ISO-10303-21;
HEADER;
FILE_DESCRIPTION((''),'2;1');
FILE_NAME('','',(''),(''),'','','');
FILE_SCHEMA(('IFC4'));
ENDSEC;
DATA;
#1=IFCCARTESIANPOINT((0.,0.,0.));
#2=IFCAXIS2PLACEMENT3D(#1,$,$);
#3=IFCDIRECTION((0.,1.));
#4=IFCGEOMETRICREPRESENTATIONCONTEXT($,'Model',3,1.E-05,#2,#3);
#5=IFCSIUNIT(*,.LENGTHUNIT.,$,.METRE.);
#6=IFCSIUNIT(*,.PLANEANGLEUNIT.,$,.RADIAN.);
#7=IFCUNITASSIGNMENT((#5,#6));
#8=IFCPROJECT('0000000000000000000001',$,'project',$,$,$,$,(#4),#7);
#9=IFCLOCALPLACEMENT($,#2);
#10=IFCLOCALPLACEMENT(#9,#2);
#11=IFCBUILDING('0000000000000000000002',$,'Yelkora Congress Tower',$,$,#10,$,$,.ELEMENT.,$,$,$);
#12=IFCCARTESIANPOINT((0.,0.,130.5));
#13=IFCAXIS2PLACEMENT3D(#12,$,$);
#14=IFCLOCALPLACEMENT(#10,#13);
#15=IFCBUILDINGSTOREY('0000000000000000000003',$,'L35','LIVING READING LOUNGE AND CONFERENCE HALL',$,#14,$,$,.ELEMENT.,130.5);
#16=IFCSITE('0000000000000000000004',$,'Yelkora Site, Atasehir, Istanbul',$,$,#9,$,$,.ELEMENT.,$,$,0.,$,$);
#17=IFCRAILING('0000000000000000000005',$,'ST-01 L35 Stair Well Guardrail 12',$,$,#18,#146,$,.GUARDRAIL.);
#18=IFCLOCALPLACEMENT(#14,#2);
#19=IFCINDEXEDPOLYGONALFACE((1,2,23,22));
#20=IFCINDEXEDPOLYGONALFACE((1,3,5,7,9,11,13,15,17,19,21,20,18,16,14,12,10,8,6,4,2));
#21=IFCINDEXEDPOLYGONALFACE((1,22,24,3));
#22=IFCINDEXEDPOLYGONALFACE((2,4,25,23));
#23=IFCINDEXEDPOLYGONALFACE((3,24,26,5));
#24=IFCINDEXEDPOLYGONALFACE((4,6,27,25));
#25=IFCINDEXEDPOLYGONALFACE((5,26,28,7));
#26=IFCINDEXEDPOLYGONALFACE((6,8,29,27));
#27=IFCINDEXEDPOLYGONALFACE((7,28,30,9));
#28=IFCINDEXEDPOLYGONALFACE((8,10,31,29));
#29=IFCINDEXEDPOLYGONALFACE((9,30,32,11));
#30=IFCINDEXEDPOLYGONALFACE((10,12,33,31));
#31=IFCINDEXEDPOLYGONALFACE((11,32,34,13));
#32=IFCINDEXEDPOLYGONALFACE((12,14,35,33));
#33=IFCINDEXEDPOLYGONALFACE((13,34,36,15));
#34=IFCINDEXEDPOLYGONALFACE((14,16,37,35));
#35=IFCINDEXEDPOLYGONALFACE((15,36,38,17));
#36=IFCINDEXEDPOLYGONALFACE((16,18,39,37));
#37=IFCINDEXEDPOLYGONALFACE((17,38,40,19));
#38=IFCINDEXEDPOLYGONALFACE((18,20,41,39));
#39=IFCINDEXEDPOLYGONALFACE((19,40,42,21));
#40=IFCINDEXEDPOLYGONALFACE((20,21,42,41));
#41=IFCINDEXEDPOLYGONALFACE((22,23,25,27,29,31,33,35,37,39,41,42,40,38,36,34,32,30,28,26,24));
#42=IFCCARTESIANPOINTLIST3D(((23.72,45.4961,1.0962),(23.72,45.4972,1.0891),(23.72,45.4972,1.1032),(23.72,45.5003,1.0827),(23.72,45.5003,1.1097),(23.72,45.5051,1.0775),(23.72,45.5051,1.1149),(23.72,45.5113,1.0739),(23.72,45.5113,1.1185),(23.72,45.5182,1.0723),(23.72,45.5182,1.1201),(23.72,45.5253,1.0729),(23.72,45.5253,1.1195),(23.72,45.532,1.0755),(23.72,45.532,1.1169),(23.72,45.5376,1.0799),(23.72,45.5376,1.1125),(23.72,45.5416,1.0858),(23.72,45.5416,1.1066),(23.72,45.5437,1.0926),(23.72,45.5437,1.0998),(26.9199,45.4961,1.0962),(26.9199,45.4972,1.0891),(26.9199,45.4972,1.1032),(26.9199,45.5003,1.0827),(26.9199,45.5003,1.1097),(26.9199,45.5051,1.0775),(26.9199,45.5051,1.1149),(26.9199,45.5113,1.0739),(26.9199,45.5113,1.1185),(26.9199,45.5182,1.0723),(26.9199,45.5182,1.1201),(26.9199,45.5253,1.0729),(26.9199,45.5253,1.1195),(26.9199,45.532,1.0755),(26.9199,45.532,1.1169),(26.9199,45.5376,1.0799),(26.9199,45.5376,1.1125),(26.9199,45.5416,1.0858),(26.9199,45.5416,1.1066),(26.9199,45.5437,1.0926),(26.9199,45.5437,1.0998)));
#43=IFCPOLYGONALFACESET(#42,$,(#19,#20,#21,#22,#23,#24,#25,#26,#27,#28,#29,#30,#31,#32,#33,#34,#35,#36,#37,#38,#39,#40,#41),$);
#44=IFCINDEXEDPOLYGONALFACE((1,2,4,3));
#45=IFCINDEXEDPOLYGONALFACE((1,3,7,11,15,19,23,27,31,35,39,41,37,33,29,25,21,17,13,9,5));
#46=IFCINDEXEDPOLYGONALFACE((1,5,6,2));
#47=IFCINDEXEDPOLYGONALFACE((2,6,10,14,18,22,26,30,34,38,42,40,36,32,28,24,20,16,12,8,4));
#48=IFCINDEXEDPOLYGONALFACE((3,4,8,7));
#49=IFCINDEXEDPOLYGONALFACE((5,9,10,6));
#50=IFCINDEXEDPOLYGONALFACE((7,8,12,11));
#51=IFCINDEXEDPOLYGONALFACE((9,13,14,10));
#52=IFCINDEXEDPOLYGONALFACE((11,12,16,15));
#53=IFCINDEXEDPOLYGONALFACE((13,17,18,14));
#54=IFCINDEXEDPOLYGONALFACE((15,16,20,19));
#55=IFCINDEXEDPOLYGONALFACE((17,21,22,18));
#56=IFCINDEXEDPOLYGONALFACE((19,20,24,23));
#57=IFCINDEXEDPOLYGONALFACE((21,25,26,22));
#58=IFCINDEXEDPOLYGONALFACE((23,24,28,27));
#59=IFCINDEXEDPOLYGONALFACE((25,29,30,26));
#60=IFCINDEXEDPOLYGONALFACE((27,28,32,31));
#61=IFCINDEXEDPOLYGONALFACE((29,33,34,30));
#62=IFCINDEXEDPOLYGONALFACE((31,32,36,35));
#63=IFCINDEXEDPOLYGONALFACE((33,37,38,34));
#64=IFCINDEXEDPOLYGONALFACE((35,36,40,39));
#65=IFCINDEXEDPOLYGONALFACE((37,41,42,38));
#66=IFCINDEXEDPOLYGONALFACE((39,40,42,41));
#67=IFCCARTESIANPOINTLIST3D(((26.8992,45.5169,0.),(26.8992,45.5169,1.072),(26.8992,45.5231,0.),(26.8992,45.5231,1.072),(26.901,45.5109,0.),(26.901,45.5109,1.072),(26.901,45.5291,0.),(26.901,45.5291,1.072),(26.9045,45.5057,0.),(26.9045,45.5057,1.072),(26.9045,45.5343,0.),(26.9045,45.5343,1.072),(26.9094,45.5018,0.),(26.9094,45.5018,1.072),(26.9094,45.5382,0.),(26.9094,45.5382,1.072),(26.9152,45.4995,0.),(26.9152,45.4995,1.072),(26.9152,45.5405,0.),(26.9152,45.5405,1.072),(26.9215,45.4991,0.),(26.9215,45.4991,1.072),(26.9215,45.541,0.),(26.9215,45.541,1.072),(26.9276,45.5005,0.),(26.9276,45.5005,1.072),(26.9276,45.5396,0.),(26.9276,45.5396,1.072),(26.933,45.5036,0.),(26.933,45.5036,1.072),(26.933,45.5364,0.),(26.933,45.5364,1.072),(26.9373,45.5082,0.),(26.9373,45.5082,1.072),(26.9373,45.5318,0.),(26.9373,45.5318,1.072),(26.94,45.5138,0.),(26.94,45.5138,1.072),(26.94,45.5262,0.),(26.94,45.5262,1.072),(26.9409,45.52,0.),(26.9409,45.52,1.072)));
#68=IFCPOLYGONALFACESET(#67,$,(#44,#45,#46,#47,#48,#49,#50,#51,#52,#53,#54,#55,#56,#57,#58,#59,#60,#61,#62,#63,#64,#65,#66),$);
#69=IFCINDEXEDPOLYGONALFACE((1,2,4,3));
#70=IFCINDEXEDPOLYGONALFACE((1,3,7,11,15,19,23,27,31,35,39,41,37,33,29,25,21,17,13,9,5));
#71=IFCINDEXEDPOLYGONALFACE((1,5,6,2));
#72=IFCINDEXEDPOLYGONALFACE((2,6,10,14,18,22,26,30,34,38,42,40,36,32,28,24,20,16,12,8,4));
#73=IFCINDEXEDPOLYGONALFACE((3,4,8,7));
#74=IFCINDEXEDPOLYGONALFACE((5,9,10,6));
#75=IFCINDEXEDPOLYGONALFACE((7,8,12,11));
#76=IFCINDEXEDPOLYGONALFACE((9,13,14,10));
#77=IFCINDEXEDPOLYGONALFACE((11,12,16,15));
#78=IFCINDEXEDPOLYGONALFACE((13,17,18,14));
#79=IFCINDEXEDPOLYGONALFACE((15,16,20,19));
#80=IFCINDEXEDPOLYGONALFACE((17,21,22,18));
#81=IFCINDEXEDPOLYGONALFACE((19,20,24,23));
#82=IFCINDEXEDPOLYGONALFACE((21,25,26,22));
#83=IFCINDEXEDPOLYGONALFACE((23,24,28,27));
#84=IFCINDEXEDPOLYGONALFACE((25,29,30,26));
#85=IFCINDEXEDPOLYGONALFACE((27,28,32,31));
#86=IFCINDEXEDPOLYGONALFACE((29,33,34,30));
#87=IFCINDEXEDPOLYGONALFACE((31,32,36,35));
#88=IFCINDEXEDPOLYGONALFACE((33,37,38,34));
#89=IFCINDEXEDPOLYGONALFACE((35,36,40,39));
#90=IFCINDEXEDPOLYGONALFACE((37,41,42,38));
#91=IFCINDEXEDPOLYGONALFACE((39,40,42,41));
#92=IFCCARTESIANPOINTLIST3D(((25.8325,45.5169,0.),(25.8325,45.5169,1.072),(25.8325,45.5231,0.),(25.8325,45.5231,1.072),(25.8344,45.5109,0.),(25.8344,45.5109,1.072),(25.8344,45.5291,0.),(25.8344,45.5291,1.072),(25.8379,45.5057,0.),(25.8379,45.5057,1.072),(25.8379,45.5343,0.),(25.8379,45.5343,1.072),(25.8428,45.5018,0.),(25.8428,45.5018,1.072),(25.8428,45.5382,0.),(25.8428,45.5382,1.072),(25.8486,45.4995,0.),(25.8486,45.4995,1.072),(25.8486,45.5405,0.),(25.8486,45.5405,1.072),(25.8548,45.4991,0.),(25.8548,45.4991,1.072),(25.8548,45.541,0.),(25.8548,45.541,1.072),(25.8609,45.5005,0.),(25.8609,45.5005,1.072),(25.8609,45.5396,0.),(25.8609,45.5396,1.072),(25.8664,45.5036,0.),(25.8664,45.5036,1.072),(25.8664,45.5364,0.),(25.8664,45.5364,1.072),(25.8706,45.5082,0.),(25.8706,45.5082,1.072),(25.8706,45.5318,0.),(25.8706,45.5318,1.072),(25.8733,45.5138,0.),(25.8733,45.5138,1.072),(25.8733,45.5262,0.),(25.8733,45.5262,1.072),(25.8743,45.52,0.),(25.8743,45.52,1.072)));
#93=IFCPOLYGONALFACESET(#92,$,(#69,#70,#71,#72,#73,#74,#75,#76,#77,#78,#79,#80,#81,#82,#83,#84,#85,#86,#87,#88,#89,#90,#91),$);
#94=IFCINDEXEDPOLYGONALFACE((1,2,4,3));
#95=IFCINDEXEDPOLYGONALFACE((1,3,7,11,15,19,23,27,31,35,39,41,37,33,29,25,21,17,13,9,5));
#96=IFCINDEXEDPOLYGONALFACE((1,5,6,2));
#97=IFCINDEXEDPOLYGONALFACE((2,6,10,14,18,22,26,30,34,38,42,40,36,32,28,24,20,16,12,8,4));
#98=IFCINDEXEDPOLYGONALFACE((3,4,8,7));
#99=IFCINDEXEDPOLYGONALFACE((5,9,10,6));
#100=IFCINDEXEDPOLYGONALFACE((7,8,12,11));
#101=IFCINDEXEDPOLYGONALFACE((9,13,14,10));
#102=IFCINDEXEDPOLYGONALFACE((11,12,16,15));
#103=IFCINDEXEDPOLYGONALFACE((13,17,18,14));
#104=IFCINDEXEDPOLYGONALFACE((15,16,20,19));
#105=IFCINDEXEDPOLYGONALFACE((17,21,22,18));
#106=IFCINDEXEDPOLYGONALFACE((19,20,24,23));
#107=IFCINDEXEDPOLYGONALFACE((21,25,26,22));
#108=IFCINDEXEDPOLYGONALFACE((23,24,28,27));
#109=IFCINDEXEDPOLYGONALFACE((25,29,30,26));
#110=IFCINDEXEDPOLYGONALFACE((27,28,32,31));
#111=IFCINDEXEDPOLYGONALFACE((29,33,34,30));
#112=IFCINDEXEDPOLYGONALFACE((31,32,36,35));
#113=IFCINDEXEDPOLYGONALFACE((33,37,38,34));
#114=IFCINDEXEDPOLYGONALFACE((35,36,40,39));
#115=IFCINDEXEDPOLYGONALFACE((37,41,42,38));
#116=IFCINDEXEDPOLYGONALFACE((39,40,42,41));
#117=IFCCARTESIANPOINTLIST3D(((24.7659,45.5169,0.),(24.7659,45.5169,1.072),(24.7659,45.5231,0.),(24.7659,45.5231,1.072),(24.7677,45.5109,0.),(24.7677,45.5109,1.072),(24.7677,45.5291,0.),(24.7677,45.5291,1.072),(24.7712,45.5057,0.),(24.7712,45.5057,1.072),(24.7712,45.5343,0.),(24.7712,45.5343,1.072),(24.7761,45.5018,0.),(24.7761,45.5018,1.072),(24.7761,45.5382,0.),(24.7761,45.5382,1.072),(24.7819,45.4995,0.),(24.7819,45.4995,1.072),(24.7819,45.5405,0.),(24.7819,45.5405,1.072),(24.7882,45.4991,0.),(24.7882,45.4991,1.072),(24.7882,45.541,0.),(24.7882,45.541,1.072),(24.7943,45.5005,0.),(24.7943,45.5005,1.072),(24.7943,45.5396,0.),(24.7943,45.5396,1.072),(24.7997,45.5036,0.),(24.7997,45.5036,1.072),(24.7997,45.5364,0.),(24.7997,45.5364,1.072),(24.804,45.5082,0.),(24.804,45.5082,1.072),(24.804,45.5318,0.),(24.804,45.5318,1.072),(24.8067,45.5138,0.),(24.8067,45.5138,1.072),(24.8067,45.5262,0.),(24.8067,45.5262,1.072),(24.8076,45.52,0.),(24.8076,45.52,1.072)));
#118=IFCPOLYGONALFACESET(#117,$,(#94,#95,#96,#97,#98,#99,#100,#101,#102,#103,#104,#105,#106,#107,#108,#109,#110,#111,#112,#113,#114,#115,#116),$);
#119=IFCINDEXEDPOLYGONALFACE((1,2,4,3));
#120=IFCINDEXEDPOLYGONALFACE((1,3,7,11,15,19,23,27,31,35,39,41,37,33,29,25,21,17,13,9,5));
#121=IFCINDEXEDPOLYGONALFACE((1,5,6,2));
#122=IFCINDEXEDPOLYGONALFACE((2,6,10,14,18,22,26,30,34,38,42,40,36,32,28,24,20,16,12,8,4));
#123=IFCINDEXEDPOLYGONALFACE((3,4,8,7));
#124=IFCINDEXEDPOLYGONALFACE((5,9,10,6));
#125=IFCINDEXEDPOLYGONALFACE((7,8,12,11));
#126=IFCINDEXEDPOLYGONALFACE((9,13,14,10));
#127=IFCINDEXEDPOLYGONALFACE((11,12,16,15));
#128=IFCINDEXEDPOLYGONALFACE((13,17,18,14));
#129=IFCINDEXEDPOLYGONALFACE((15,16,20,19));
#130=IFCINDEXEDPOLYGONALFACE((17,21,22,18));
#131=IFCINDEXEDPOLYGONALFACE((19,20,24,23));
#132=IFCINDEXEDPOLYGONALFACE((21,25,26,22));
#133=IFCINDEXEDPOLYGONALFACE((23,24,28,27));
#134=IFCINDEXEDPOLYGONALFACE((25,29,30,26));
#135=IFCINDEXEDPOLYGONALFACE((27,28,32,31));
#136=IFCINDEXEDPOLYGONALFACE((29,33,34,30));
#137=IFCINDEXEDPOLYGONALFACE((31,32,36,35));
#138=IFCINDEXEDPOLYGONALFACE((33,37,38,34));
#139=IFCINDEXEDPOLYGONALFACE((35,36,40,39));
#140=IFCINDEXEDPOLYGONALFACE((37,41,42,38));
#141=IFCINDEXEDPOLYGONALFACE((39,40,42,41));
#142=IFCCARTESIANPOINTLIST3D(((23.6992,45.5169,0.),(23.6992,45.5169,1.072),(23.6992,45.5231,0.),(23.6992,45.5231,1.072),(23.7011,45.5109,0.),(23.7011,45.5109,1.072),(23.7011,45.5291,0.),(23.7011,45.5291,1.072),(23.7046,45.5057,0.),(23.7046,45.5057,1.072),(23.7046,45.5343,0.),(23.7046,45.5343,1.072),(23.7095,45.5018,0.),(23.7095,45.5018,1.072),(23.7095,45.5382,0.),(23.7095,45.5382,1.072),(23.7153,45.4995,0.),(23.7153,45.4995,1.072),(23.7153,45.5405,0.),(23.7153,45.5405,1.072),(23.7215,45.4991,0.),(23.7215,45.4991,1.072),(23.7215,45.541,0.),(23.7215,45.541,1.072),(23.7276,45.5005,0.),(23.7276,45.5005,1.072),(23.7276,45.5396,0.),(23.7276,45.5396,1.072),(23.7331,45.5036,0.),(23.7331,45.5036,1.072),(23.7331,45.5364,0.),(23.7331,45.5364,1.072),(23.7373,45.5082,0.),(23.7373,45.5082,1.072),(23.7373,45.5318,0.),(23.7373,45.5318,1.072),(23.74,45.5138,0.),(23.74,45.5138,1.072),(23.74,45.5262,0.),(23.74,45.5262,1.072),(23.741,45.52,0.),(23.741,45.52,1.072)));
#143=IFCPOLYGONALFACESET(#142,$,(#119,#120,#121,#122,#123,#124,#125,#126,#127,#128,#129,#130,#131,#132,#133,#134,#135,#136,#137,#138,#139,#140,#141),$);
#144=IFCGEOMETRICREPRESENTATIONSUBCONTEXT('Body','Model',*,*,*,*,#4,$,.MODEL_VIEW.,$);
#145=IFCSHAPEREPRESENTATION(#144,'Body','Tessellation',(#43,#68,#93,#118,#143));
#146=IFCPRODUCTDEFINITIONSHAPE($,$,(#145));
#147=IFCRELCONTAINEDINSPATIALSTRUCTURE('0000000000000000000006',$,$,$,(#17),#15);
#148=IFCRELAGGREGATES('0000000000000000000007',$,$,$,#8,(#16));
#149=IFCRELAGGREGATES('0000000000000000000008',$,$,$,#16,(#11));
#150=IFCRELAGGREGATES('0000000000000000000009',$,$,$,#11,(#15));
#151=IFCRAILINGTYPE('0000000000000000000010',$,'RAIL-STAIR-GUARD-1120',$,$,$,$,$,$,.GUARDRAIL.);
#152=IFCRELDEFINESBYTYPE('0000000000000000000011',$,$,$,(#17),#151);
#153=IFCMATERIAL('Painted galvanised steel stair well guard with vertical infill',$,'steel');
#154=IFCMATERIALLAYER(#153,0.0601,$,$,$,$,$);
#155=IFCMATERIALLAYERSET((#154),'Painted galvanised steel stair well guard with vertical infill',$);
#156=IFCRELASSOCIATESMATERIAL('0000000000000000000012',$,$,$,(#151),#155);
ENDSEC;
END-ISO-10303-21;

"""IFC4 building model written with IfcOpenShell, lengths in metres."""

from ifc_helpers import new_model, si_unit, direction, frame, origin, origin_2d, place, context, subcontext, project, spatial, circle, extrude, material, layer, layer_set, type_object, element, save


model = new_model("IFC4")

# Units and contexts
model_context = context("Model", 3, precision=1e-05, world=origin(), true_north=direction((0.0, 1.0)))
body_context = subcontext(model_context, "Body", "Model", "MODEL_VIEW")
ifc_project = project(units=[si_unit("LENGTHUNIT", "METRE"), si_unit("PLANEANGLEUNIT", "RADIAN")], contexts=[model_context])

# Site, building, storey
site_placement = place(None, origin())
site = spatial("IfcSite", under=ifc_project, at=site_placement, Name="Yelkora Site, Atasehir, Istanbul", CompositionType="ELEMENT", RefElevation=0.0)
building_placement = place(site_placement, origin())
building = spatial("IfcBuilding", under=site, at=building_placement, Name="Yelkora Congress Tower", CompositionType="ELEMENT")
storey_placement = place(building_placement, frame((0.0, 0.0, 130.5)))
storey = spatial("IfcBuildingStorey", under=building, at=storey_placement, Name="L35", Description="LIVING READING LOUNGE AND CONFERENCE HALL", CompositionType="ELEMENT", Elevation=130.5)

# Railing
ifc_material_1 = material(Name="Painted galvanised steel stair well guard with vertical infill", Category="steel")
ifc_layer_1 = layer(ifc_material_1, 0.0601)
ifc_layer_set_1 = layer_set([ifc_layer_1], Name="Painted galvanised steel stair well guard with vertical infill")
railing_type_1 = type_object("IfcRailingType", Name="RAIL-STAIR-GUARD-1120", PredefinedType="GUARDRAIL", material=ifc_layer_set_1)
railing_1_placement = place(storey_placement, frame((26.9199, 45.52, 0.0)))
element("IfcRailing", 1, at=railing_1_placement, inside=storey, type_object=railing_type_1, Name="ST-01 L35 Stair Well Guardrail 12", PredefinedType="GUARDRAIL", context=body_context, shape_type="SweptSolid", body=[
    extrude(circle(Radius=0.0239, at=origin_2d()), frame((0.0, 0.0, 1.0962), z_axis=(-1.0, 0.0, 0.0), x_axis=(0.0, -1.0, 0.0)), (0.0, 0.0, 1.0), 3.2),
    extrude(circle(Radius=0.021, at=origin_2d()), origin(), (0.0, 0.0, 1.0), 1.072),
    extrude(circle(Radius=0.021, at=origin_2d()), frame((-1.0667, 0.0, 0.0)), (0.0, 0.0, 1.0), 1.072),
    extrude(circle(Radius=0.021, at=origin_2d()), frame((-2.1333, 0.0, 0.0)), (0.0, 0.0, 1.0), 1.072),
    extrude(circle(Radius=0.021, at=origin_2d()), frame((-3.2, 0.0, 0.0)), (0.0, 0.0, 1.0), 1.072),
])

save(model, "model.ifc")
